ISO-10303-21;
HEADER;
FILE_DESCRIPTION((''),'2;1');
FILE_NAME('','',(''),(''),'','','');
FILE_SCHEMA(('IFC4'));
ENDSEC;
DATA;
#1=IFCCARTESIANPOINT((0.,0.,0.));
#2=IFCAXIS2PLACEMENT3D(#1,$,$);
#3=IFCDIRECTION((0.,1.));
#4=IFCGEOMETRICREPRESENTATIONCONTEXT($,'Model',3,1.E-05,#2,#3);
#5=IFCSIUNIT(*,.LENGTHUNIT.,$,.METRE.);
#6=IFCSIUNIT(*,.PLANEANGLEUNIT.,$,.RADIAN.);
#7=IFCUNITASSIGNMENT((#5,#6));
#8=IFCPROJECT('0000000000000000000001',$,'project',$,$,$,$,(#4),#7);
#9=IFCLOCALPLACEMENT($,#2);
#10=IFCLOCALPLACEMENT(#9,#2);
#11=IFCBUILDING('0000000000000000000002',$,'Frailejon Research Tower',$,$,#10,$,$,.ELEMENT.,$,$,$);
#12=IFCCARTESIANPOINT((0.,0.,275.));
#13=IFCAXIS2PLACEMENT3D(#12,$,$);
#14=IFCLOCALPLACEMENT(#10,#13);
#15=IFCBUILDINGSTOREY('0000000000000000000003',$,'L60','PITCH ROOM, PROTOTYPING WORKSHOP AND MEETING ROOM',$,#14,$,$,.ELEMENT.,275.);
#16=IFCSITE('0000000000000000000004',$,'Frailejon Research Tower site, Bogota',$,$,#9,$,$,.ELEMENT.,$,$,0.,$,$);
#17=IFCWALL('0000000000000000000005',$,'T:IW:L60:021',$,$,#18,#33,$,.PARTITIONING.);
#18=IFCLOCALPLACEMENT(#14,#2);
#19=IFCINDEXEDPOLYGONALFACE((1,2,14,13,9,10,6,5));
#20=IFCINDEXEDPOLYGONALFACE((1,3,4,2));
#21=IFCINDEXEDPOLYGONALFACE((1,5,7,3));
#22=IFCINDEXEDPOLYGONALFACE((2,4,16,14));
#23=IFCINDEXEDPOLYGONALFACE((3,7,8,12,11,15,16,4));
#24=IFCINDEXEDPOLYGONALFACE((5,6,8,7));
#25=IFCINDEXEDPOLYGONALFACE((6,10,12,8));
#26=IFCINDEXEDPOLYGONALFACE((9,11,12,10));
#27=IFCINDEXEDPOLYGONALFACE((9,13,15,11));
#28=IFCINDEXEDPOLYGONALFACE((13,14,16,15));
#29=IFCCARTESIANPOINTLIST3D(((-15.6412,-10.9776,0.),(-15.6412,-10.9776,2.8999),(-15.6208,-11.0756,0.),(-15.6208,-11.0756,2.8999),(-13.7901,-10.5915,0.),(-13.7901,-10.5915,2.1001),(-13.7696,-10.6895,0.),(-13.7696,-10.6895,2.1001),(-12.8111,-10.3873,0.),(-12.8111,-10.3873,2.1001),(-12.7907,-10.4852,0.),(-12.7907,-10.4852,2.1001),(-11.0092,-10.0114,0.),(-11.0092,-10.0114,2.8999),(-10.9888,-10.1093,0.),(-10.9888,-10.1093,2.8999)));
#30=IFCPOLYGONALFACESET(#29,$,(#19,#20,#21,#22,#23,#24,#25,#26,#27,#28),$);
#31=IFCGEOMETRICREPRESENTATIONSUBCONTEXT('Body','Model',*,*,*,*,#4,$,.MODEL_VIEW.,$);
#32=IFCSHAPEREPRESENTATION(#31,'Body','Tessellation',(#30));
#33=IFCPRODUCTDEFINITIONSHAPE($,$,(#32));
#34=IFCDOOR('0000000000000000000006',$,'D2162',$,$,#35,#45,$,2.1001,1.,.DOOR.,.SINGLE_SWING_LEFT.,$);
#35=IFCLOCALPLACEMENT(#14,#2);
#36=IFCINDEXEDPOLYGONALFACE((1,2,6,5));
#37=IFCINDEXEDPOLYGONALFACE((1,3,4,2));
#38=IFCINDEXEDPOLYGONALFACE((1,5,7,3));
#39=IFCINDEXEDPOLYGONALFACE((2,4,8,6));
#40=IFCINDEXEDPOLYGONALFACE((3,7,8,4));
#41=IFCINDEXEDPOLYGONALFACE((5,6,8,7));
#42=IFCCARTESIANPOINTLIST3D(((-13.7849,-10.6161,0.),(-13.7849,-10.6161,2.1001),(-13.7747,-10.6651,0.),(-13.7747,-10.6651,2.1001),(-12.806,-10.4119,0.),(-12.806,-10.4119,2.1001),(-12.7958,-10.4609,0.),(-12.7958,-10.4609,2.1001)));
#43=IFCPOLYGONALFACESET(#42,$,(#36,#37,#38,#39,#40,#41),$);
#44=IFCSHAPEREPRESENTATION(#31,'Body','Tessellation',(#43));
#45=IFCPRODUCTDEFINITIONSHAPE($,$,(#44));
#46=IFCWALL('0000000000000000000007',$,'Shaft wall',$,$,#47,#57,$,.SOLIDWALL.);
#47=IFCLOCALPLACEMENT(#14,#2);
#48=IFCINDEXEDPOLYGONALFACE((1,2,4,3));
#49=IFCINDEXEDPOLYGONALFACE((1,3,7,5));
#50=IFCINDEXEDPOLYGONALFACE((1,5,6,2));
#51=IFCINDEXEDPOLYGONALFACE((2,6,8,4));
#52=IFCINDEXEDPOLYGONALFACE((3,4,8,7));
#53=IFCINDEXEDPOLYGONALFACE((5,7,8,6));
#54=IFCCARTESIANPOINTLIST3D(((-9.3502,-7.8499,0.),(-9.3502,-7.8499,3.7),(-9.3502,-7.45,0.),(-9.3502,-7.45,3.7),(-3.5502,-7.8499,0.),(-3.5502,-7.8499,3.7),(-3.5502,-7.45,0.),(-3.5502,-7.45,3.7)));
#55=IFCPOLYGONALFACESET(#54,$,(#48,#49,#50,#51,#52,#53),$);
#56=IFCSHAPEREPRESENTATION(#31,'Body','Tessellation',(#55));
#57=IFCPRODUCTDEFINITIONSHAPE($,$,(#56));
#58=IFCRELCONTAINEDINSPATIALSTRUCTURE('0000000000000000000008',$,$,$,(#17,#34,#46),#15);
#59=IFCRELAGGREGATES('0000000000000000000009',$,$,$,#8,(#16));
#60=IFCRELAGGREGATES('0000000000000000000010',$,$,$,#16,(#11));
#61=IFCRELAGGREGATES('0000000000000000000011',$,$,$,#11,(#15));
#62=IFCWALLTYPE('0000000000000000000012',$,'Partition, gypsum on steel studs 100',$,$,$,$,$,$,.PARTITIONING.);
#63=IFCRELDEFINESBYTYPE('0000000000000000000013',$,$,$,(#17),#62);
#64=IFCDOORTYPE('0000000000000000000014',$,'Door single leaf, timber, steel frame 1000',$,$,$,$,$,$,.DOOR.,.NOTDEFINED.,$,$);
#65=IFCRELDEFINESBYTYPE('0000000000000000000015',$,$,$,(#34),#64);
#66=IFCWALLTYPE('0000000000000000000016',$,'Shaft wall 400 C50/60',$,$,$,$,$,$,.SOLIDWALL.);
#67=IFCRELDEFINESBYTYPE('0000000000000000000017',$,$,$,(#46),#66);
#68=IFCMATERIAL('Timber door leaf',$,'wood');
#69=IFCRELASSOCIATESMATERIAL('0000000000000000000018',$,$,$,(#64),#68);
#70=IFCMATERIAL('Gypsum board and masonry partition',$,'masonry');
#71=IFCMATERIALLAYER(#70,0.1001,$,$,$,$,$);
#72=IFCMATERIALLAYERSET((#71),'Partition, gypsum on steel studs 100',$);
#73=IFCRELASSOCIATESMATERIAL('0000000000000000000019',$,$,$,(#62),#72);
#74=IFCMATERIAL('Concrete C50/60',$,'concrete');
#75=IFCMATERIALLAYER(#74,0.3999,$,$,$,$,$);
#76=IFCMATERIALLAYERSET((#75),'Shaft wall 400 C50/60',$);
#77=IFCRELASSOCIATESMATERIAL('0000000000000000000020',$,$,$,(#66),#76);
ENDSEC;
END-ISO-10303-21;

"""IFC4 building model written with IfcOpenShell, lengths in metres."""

from ifc_helpers import new_model, si_unit, direction, frame, frame_2d, origin, place, context, subcontext, project, spatial, rectangle, extrude, material, layer, layer_set, type_object, element, fill, save


model = new_model("IFC4")

# Units and contexts
model_context = context("Model", 3, precision=1e-05, world=origin(), true_north=direction((0.0, 1.0)))
body_context = subcontext(model_context, "Body", "Model", "MODEL_VIEW")
ifc_project = project(units=[si_unit("LENGTHUNIT", "METRE"), si_unit("PLANEANGLEUNIT", "RADIAN")], contexts=[model_context])

# Site, building, storey
site_placement = place(None, origin())
site = spatial("IfcSite", under=ifc_project, at=site_placement, Name="Frailejon Research Tower site, Bogota", CompositionType="ELEMENT", RefElevation=0.0)
building_placement = place(site_placement, origin())
building = spatial("IfcBuilding", under=site, at=building_placement, Name="Frailejon Research Tower", CompositionType="ELEMENT")
storey_placement = place(building_placement, frame((0.0, 0.0, 275.0)))
storey = spatial("IfcBuildingStorey", under=building, at=storey_placement, Name="L60", Description="PITCH ROOM, PROTOTYPING WORKSHOP AND MEETING ROOM", CompositionType="ELEMENT", Elevation=275.0)

# Shared definitions
ifc_material_1 = material(Name="Timber door leaf", Category="wood")
door_type_1 = type_object("IfcDoorType", Name="Door single leaf, timber, steel frame 1000", OperationType="NOTDEFINED", PredefinedType="DOOR", material=ifc_material_1)

# Shared definitions
ifc_material_2 = material(Name="Gypsum board and masonry partition", Category="masonry")
ifc_layer_1 = layer(ifc_material_2, 0.1001)
ifc_layer_set_1 = layer_set([ifc_layer_1], Name="Partition, gypsum on steel studs 100")
wall_type_1 = type_object("IfcWallType", Name="Partition, gypsum on steel studs 100", PredefinedType="PARTITIONING", material=ifc_layer_set_1)

# Wall, opening, door
wall_1_placement = place(storey_placement, frame((-15.6309, -11.0266, 0.0), z_axis=(0.0, 0.0, 1.0), x_axis=(0.978926, 0.204216, 0.0)))
wall_1 = element("IfcWall", 1, at=wall_1_placement, inside=storey, type_object=wall_type_1, Name="T:IW:L60:021", PredefinedType="PARTITIONING", context=body_context, shape_type="SweptSolid", body=[
    extrude(rectangle(XDim=4.7317, YDim=0.1001, at=frame_2d((2.3657, 0.0))), origin(), (0.0, 0.0, 1.0), 2.8999),
])
opening_1_placement = place(wall_1_placement, frame((1.8909, 0.0, 0.0)))
opening_1 = element("IfcOpeningElement", 2, at=opening_1_placement, cuts=wall_1, PredefinedType="OPENING", context=body_context, shape_type="SweptSolid", body=[
    extrude(rectangle(XDim=1.0, YDim=2.1001, at=frame_2d((0.5, 1.05))), frame((0.0, 0.0601, 0.0), z_axis=(0.0, -1.0, 0.0), x_axis=(1.0, 0.0, 0.0)), (0.0, 0.0, 1.0), 0.1201),
])
door_1_placement = place(opening_1_placement, origin())
door_1 = element("IfcDoor", 3, at=door_1_placement, inside=storey, type_object=door_type_1, Name="D2162", OperationType="SINGLE_SWING_LEFT", OverallHeight=2.1001, OverallWidth=1.0, PredefinedType="DOOR", context=body_context, shape_type="SweptSolid", body=[
    extrude(rectangle(XDim=1.0, YDim=2.1001, at=frame_2d((0.5, 1.05))), frame((0.0, 0.0249, 0.0), z_axis=(0.0, -1.0, 0.0), x_axis=(1.0, 0.0, 0.0)), (0.0, 0.0, 1.0), 0.05),
])
fill(opening_1, door_1)

# Wall
ifc_material_3 = material(Name="Concrete C50/60", Category="concrete")
ifc_layer_2 = layer(ifc_material_3, 0.3999)
ifc_layer_set_2 = layer_set([ifc_layer_2], Name="Shaft wall 400 C50/60")
wall_type_2 = type_object("IfcWallType", Name="Shaft wall 400 C50/60", PredefinedType="SOLIDWALL", material=ifc_layer_set_2)
wall_2_placement = place(storey_placement, frame((-9.3501, -7.6499, 0.0), z_axis=(0.0, 0.0, 1.0), x_axis=(1.0, 0.0, 0.0)))
element("IfcWall", 4, at=wall_2_placement, inside=storey, type_object=wall_type_2, Name="Shaft wall", PredefinedType="SOLIDWALL", context=body_context, shape_type="SweptSolid", body=[
    extrude(rectangle(XDim=5.8, YDim=0.3999, at=frame_2d((2.8999, 0.0))), origin(), (0.0, 0.0, 1.0), 3.7),
])

save(model, "model.ifc")
